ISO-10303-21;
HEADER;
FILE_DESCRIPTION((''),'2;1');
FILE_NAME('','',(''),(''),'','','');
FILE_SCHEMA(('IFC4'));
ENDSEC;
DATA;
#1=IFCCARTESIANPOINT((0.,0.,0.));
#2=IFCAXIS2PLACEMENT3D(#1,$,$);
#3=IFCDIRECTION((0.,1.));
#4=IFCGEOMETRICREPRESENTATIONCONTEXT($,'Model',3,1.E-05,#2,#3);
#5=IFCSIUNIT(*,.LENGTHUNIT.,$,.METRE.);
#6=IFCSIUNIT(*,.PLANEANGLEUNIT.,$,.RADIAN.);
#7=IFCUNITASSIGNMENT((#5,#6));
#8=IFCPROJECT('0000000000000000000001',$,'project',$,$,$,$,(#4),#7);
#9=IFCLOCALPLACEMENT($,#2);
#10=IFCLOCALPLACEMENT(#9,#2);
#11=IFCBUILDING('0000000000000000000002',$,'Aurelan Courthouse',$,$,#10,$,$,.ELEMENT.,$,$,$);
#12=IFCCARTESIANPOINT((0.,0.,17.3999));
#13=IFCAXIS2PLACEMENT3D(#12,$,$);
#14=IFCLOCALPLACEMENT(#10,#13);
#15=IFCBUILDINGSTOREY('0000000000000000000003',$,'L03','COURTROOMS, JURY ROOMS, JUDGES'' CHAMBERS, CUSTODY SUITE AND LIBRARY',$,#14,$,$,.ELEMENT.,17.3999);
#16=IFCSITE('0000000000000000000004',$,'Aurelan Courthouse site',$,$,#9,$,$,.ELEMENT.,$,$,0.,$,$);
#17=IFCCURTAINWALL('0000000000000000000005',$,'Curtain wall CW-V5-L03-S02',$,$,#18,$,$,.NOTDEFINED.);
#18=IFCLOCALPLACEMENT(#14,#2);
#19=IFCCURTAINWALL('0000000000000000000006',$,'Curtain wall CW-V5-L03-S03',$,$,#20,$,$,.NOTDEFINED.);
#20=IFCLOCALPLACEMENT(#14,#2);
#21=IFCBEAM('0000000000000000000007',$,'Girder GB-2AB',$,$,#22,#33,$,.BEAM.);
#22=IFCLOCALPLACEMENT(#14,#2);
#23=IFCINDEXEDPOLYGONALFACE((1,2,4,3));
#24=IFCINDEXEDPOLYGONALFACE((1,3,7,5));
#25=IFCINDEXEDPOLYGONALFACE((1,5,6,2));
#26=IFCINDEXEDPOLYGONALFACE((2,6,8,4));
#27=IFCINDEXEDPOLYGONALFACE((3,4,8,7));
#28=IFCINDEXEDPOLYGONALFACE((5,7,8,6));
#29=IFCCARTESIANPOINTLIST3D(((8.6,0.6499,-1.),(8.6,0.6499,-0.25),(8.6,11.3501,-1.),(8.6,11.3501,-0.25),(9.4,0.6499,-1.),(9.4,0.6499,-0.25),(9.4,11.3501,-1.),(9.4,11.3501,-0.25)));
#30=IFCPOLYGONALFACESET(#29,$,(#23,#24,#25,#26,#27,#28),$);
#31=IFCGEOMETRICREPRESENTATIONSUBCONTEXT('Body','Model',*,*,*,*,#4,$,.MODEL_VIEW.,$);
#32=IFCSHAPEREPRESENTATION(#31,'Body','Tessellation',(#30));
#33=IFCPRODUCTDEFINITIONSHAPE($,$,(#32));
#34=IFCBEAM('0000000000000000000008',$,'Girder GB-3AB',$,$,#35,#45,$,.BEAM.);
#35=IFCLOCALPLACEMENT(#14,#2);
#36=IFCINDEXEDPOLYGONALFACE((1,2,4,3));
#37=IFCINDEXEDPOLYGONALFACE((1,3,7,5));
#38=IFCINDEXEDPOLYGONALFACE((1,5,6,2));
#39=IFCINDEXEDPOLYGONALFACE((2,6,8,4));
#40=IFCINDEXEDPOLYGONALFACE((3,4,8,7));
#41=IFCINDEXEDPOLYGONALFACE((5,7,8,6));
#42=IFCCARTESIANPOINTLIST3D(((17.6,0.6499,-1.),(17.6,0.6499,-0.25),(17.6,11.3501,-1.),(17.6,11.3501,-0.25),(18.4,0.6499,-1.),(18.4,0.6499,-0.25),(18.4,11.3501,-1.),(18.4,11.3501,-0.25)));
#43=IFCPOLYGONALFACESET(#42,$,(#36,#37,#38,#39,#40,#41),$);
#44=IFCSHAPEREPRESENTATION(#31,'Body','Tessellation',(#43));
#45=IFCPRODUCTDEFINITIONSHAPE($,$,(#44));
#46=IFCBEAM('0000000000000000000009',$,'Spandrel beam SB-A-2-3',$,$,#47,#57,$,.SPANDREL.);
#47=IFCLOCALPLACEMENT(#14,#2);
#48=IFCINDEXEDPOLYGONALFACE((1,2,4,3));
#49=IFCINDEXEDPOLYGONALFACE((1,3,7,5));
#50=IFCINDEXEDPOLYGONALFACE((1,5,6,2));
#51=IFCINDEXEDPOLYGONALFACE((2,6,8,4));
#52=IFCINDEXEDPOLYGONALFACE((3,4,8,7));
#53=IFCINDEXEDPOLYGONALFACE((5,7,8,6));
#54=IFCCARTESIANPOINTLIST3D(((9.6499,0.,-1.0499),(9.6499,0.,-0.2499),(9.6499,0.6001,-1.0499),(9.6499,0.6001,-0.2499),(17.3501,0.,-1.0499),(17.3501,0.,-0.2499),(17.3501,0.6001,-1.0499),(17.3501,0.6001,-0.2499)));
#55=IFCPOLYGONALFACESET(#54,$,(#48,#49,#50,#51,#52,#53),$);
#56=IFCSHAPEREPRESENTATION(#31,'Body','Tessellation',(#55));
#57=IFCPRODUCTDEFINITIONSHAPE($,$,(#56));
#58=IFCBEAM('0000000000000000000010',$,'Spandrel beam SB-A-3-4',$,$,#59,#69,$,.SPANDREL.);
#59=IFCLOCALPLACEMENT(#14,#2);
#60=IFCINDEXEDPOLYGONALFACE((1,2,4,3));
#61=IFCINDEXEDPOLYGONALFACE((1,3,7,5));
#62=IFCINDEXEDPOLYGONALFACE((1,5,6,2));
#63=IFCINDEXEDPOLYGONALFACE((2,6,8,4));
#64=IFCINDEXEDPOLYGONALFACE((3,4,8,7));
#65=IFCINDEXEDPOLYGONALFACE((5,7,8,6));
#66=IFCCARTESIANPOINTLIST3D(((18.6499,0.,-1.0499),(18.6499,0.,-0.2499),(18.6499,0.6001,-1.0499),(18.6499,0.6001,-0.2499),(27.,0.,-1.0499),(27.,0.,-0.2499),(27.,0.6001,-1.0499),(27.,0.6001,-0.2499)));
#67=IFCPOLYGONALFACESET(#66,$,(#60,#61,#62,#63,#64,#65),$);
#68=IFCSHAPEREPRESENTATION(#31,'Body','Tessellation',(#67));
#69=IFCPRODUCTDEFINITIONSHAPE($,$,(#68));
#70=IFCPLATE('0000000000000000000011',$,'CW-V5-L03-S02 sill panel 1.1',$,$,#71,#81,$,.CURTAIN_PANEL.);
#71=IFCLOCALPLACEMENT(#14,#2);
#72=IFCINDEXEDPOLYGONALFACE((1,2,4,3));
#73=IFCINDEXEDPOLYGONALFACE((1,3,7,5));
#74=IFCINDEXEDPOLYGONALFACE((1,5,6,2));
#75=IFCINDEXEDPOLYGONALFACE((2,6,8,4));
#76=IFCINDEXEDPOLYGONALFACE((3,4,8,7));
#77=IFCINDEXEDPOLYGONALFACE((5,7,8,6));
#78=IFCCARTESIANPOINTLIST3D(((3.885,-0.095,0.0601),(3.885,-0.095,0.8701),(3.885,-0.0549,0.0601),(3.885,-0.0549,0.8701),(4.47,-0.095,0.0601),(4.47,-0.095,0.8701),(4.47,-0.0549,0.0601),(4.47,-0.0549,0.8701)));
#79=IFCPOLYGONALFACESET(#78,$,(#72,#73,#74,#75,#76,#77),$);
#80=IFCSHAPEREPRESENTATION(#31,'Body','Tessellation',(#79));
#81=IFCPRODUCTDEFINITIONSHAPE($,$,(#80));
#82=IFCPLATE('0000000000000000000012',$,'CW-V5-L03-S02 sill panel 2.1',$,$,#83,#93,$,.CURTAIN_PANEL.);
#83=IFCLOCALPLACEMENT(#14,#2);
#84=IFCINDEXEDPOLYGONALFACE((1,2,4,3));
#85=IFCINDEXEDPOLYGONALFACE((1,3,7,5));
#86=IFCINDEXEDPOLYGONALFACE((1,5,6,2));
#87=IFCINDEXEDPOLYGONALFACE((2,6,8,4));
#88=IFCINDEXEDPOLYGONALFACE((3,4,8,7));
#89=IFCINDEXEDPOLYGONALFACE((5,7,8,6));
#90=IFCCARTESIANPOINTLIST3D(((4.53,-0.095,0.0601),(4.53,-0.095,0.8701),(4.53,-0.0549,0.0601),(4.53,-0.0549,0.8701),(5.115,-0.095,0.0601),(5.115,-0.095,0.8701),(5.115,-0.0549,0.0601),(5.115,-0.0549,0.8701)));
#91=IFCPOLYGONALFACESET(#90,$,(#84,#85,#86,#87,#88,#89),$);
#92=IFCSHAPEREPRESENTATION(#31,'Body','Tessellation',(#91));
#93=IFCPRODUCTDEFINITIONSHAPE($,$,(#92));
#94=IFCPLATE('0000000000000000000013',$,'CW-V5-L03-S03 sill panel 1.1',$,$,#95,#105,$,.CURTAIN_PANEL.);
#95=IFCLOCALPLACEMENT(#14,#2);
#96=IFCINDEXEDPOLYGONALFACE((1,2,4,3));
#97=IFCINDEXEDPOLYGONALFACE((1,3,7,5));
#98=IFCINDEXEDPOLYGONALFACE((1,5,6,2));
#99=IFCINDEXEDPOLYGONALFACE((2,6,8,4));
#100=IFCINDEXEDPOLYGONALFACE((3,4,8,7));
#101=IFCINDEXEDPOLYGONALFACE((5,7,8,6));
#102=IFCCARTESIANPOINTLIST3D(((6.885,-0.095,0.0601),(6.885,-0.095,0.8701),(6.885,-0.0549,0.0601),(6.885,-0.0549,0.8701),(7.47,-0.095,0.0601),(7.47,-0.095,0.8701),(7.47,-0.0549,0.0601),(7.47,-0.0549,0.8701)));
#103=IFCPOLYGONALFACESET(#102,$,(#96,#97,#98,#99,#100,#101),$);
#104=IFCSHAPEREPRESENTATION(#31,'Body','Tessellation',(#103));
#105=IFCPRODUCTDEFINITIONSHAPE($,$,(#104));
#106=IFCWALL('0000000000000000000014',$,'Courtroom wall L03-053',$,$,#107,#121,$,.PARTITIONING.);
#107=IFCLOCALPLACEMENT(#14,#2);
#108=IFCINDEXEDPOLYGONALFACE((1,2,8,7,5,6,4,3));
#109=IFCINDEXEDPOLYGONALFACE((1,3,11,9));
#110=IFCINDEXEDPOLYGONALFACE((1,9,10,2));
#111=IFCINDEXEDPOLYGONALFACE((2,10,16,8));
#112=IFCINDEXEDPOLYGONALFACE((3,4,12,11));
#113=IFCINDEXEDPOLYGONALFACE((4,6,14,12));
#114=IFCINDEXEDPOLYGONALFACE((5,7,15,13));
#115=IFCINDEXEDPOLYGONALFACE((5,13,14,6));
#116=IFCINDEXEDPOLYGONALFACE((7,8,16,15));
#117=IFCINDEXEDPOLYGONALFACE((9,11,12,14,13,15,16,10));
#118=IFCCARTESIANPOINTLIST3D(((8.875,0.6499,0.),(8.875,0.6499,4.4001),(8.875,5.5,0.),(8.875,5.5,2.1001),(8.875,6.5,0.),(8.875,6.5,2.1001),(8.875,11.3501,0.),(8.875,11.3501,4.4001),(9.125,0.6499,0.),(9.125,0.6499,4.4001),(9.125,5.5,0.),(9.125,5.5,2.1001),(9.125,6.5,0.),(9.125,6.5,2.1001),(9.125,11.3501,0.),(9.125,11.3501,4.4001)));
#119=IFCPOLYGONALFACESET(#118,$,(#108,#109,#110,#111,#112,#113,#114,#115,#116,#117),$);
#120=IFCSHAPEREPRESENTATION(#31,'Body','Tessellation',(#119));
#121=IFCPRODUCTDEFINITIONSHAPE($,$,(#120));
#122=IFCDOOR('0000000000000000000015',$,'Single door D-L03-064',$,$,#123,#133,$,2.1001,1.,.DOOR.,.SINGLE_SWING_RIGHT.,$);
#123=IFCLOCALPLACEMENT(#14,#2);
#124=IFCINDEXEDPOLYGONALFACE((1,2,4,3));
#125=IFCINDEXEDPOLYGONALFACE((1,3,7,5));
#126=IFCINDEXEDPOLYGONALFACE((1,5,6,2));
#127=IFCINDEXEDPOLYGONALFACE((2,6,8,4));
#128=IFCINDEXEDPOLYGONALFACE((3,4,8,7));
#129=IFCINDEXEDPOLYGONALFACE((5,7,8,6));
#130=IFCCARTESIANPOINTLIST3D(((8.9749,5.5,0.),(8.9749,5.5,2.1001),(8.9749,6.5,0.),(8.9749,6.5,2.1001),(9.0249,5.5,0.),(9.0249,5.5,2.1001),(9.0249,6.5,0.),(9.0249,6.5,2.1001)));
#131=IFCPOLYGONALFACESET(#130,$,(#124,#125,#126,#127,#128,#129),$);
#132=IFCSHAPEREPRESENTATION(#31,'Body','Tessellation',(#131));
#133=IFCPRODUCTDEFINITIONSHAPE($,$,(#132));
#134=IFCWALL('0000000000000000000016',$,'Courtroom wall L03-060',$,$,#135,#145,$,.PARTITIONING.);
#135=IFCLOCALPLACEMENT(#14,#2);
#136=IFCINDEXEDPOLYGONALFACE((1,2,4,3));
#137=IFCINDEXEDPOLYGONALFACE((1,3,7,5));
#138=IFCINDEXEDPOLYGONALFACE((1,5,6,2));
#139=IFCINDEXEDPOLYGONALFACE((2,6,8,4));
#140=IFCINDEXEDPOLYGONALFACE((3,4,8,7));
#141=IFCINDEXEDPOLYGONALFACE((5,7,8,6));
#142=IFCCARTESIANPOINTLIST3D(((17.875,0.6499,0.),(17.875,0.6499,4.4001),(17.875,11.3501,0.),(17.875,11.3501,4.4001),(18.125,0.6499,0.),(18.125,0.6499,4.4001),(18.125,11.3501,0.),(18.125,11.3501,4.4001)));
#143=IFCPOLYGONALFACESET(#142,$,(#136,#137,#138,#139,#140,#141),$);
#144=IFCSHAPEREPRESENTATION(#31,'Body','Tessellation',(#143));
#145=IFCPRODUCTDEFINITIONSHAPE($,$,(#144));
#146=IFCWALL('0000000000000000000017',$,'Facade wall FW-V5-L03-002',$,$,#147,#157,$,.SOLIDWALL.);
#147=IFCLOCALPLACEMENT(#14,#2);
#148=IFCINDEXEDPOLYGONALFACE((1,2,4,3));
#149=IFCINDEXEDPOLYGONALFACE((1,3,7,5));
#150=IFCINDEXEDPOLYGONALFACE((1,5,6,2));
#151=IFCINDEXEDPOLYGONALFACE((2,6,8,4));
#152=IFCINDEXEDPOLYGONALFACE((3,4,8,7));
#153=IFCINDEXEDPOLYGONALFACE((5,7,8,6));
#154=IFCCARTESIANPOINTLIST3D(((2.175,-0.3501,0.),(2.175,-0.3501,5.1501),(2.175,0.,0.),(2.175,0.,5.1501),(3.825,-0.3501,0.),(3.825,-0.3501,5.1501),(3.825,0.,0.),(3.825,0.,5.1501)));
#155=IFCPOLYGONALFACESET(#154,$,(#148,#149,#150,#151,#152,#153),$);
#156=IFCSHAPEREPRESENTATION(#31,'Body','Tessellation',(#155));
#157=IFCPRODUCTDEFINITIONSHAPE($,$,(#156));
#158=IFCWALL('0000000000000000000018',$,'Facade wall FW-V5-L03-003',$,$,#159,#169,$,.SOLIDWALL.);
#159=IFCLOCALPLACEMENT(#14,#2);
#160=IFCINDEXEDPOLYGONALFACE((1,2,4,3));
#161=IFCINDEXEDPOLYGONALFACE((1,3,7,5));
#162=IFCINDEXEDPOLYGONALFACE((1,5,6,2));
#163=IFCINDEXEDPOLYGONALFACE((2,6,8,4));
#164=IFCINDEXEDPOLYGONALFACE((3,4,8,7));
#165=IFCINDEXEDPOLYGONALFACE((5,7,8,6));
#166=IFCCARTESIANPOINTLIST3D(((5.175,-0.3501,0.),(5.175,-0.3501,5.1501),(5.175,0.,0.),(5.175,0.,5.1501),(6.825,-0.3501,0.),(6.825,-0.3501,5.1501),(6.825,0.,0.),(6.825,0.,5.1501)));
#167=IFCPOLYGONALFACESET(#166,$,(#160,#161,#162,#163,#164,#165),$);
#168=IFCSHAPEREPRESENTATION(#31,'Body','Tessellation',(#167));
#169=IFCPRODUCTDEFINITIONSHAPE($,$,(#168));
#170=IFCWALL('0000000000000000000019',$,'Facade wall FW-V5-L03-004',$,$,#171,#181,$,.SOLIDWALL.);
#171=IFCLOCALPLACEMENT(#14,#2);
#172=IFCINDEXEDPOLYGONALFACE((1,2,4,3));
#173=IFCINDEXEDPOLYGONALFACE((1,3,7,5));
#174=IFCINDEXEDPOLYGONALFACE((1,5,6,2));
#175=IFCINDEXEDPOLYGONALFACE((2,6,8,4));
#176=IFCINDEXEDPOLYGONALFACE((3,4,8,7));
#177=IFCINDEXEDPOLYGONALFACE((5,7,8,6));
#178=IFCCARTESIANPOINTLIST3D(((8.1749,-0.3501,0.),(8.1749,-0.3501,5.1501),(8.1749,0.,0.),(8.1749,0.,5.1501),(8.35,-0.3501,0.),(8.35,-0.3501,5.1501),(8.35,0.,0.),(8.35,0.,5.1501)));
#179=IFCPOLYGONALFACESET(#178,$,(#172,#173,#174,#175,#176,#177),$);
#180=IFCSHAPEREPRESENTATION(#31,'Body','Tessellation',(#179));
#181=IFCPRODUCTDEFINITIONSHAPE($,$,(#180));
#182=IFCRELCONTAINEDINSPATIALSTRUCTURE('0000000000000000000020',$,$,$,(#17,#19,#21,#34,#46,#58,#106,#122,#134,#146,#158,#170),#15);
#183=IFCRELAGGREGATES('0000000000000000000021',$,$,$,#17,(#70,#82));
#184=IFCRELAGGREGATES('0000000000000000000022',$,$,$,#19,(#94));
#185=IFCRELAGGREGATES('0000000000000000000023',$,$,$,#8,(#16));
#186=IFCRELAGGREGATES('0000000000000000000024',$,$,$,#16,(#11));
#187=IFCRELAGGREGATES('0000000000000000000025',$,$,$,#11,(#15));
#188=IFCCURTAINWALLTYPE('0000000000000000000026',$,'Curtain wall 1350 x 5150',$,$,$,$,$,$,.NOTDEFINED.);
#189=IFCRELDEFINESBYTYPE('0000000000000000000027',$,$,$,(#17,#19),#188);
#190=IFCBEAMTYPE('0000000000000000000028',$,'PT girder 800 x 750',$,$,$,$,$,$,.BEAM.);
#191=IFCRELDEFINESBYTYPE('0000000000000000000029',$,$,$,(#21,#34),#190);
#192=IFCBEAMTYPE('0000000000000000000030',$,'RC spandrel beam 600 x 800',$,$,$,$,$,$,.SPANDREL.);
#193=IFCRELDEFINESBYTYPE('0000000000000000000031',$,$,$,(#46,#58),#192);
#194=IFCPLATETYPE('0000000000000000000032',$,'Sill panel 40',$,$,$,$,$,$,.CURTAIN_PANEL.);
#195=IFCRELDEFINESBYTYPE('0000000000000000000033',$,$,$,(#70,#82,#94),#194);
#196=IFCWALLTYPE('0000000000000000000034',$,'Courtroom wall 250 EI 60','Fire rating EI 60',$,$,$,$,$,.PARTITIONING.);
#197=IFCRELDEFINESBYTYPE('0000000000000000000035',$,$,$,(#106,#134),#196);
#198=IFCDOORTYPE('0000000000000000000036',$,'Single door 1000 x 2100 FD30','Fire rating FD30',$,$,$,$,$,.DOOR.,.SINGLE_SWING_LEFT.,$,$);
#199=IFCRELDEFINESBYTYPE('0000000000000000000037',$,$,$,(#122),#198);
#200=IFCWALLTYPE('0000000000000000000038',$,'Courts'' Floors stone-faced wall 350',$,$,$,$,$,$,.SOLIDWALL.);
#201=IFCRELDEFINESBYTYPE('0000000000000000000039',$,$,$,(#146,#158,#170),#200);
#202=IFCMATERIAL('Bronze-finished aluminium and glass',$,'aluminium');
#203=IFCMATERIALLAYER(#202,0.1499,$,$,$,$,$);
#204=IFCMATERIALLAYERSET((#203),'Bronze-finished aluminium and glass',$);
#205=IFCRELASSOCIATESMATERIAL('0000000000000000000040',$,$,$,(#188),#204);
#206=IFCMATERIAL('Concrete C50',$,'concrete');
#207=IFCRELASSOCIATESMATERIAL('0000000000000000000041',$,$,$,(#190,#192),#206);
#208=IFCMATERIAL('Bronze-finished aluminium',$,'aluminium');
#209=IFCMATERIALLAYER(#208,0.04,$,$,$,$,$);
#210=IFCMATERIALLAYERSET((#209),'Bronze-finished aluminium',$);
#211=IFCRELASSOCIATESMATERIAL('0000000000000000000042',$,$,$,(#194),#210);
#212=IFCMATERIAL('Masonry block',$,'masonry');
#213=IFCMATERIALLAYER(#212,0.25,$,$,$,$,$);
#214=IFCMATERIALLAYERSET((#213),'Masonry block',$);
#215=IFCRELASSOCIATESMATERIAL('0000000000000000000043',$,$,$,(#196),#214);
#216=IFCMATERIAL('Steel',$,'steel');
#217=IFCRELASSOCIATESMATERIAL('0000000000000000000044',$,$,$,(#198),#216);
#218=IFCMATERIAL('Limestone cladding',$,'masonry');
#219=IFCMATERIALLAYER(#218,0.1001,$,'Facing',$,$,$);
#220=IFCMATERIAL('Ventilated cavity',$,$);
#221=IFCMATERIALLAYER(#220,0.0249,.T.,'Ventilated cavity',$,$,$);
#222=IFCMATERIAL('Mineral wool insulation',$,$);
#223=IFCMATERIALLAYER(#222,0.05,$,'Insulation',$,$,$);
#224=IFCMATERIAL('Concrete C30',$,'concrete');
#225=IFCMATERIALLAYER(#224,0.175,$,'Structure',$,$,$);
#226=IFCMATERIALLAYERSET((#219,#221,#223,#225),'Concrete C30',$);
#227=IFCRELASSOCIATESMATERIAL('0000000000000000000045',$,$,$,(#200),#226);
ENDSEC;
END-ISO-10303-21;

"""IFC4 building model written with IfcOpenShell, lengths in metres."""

from ifc_helpers import new_model, si_unit, direction, frame, frame_2d, origin, origin_2d, place, context, subcontext, project, spatial, rectangle, extrude, material, layer, layer_set, material_profile, profile_set, type_object, element, fill, aggregate, save


model = new_model("IFC4")

# Units and contexts
model_context = context("Model", 3, precision=1e-05, world=origin(), true_north=direction((0.0, 1.0)))
body_context = subcontext(model_context, "Body", "Model", "MODEL_VIEW")
ifc_project = project(units=[si_unit("LENGTHUNIT", "METRE"), si_unit("PLANEANGLEUNIT", "RADIAN")], contexts=[model_context])

# Site, building, storey
site_placement = place(None, origin())
site = spatial("IfcSite", under=ifc_project, at=site_placement, Name="Aurelan Courthouse site", CompositionType="ELEMENT", RefElevation=0.0)
building_placement = place(site_placement, origin())
building = spatial("IfcBuilding", under=site, at=building_placement, Name="Aurelan Courthouse", CompositionType="ELEMENT")
storey_placement = place(building_placement, frame((0.0, 0.0, 17.3999)))
storey = spatial("IfcBuildingStorey", under=building, at=storey_placement, Name="L03", Description="COURTROOMS, JURY ROOMS, JUDGES' CHAMBERS, CUSTODY SUITE AND LIBRARY", CompositionType="ELEMENT", Elevation=17.3999)

# Shared definitions
ifc_material_1 = material(Name="Concrete C50", Category="concrete")

# Shared definitions
ifc_material_2 = material(Name="Bronze-finished aluminium and glass", Category="aluminium")
ifc_layer_1 = layer(ifc_material_2, 0.1499)
ifc_layer_set_1 = layer_set([ifc_layer_1], Name="Bronze-finished aluminium and glass")
curtain_wall_type = type_object("IfcCurtainWallType", Name="Curtain wall 1350 x 5150", PredefinedType="NOTDEFINED", material=ifc_layer_set_1)
ifc_material_3 = material(Name="Bronze-finished aluminium", Category="aluminium")

# Curtain walls
curtain_wall_1_placement = place(storey_placement, origin())
curtain_wall_1 = element("IfcCurtainWall", 1, at=curtain_wall_1_placement, inside=storey, type_object=curtain_wall_type, Name="Curtain wall CW-V5-L03-S02", PredefinedType="NOTDEFINED")
curtain_wall_2_placement = place(storey_placement, origin())
curtain_wall_2 = element("IfcCurtainWall", 2, at=curtain_wall_2_placement, inside=storey, type_object=curtain_wall_type, Name="Curtain wall CW-V5-L03-S03", PredefinedType="NOTDEFINED")

# Beams
ifc_material_profile_1 = material_profile(ifc_material_1, rectangle(XDim=0.8, YDim=0.75, at=origin_2d()), Name="RC 800 x 750")
ifc_profile_set_1 = profile_set([ifc_material_profile_1], Name="Concrete C50")
beam_type_1 = type_object("IfcBeamType", Name="PT girder 800 x 750", PredefinedType="BEAM", material=ifc_profile_set_1)
for number, where, z_axis, x_axis, name in (
    (3, (9.0, 0.6499, -0.625), (0.0, 1.0, 0.0), (-1.0, 0.0, 0.0), "Girder GB-2AB"),
    (4, (18.0, 0.6499, -0.625), (0.0, 1.0, 0.0), (-1.0, 0.0, 0.0), "Girder GB-3AB"),
):
    element("IfcBeam", number, at=place(storey_placement, frame(where, z_axis=z_axis, x_axis=x_axis)), inside=storey, type_object=beam_type_1, Name=name, PredefinedType="BEAM", context=body_context, shape_type="SweptSolid", body=[
        extrude(rectangle(XDim=0.8, YDim=0.75, at=origin_2d()), origin(), (0.0, 0.0, 1.0), 10.7002),
    ])
ifc_material_profile_2 = material_profile(ifc_material_1, rectangle(XDim=0.6001, YDim=0.8, at=origin_2d()), Name="RC 600 x 800")
ifc_profile_set_2 = profile_set([ifc_material_profile_2], Name="Concrete C50")
beam_type_2 = type_object("IfcBeamType", Name="RC spandrel beam 600 x 800", PredefinedType="SPANDREL", material=ifc_profile_set_2)
beam_1_placement = place(storey_placement, frame((9.6499, 0.3, -0.6499), z_axis=(1.0, 0.0, 0.0), x_axis=(0.0, 1.0, 0.0)))
element("IfcBeam", 5, at=beam_1_placement, inside=storey, type_object=beam_type_2, Name="Spandrel beam SB-A-2-3", PredefinedType="SPANDREL", context=body_context, shape_type="SweptSolid", body=[
    extrude(rectangle(XDim=0.6001, YDim=0.8, at=origin_2d()), origin(), (0.0, 0.0, 1.0), 7.7002),
])
beam_2_placement = place(storey_placement, frame((18.6499, 0.3, -0.6499), z_axis=(1.0, 0.0, 0.0), x_axis=(0.0, 1.0, 0.0)))
element("IfcBeam", 6, at=beam_2_placement, inside=storey, type_object=beam_type_2, Name="Spandrel beam SB-A-3-4", PredefinedType="SPANDREL", context=body_context, shape_type="SweptSolid", body=[
    extrude(rectangle(XDim=0.6001, YDim=0.8, at=origin_2d()), origin(), (0.0, 0.0, 1.0), 8.3501),
])

# Plates
ifc_layer_2 = layer(ifc_material_3, 0.04)
ifc_layer_set_2 = layer_set([ifc_layer_2], Name="Bronze-finished aluminium")
plate_type = type_object("IfcPlateType", Name="Sill panel 40", PredefinedType="CURTAIN_PANEL", material=ifc_layer_set_2)
plate_1_placement = place(storey_placement, frame((4.1775, -0.075, 0.0601), z_axis=(0.0, 0.0, 1.0), x_axis=(1.0, 0.0, 0.0)))
plate_1 = element("IfcPlate", 7, at=plate_1_placement, type_object=plate_type, Name="CW-V5-L03-S02 sill panel 1.1", PredefinedType="CURTAIN_PANEL", context=body_context, shape_type="SweptSolid", body=[
    extrude(rectangle(XDim=0.585, YDim=0.04, at=origin_2d()), origin(), (0.0, 0.0, 1.0), 0.8101),
])
plate_2_placement = place(storey_placement, frame((4.8225, -0.075, 0.0601), z_axis=(0.0, 0.0, 1.0), x_axis=(1.0, 0.0, 0.0)))
plate_2 = element("IfcPlate", 8, at=plate_2_placement, type_object=plate_type, Name="CW-V5-L03-S02 sill panel 2.1", PredefinedType="CURTAIN_PANEL", context=body_context, shape_type="SweptSolid", body=[
    extrude(rectangle(XDim=0.585, YDim=0.04, at=origin_2d()), origin(), (0.0, 0.0, 1.0), 0.8101),
])
aggregate(curtain_wall_1, [plate_1, plate_2])
plate_3_placement = place(storey_placement, frame((7.1775, -0.075, 0.0601), z_axis=(0.0, 0.0, 1.0), x_axis=(1.0, 0.0, 0.0)))
plate_3 = element("IfcPlate", 9, at=plate_3_placement, type_object=plate_type, Name="CW-V5-L03-S03 sill panel 1.1", PredefinedType="CURTAIN_PANEL", context=body_context, shape_type="SweptSolid", body=[
    extrude(rectangle(XDim=0.585, YDim=0.04, at=origin_2d()), origin(), (0.0, 0.0, 1.0), 0.8101),
])
aggregate(curtain_wall_2, [plate_3])

# Wall, opening, door
ifc_material_4 = material(Name="Masonry block", Category="masonry")
ifc_layer_3 = layer(ifc_material_4, 0.25)
ifc_layer_set_3 = layer_set([ifc_layer_3], Name="Masonry block")
wall_type_1 = type_object("IfcWallType", Name="Courtroom wall 250 EI 60", Description="Fire rating EI 60", PredefinedType="PARTITIONING", material=ifc_layer_set_3)
wall_1_placement = place(storey_placement, frame((9.0, 0.6499, 0.0), z_axis=(0.0, 0.0, 1.0), x_axis=(0.0, 1.0, 0.0)))
wall_1 = element("IfcWall", 10, at=wall_1_placement, inside=storey, type_object=wall_type_1, Name="Courtroom wall L03-053", PredefinedType="PARTITIONING", context=body_context, shape_type="SweptSolid", body=[
    extrude(rectangle(XDim=10.7002, YDim=0.25, at=frame_2d((5.3501, 0.0))), origin(), (0.0, 0.0, 1.0), 4.4001),
])
opening_1_placement = place(wall_1_placement, frame((5.8501, 0.0, 0.0), z_axis=(0.0, 0.0, 1.0), x_axis=(-1.0, 0.0, 0.0)))
opening_1 = element("IfcOpeningElement", 11, at=opening_1_placement, cuts=wall_1, PredefinedType="OPENING", context=body_context, shape_type="SweptSolid", body=[
    extrude(rectangle(XDim=1.0, YDim=2.1001, at=frame_2d((0.5, 1.05))), frame((0.0, 0.135, 0.0), z_axis=(0.0, -1.0, 0.0), x_axis=(1.0, 0.0, 0.0)), (0.0, 0.0, 1.0), 0.27),
])
ifc_material_5 = material(Name="Steel", Category="steel")
door_type_1 = type_object("IfcDoorType", Name="Single door 1000 x 2100 FD30", Description="Fire rating FD30", OperationType="SINGLE_SWING_LEFT", PredefinedType="DOOR", material=ifc_material_5)
door_1_placement = place(opening_1_placement, origin())
door_1 = element("IfcDoor", 12, at=door_1_placement, inside=storey, type_object=door_type_1, Name="Single door D-L03-064", OperationType="SINGLE_SWING_RIGHT", OverallHeight=2.1001, OverallWidth=1.0, PredefinedType="DOOR", context=body_context, shape_type="SweptSolid", body=[
    extrude(rectangle(XDim=1.0, YDim=2.1001, at=frame_2d((0.5, 1.05))), frame((0.0, 0.0249, 0.0), z_axis=(0.0, -1.0, 0.0), x_axis=(1.0, 0.0, 0.0)), (0.0, 0.0, 1.0), 0.05),
])
fill(opening_1, door_1)

# Walls
wall_2_placement = place(storey_placement, frame((18.0, 0.6499, 0.0), z_axis=(0.0, 0.0, 1.0), x_axis=(0.0, 1.0, 0.0)))
element("IfcWall", 13, at=wall_2_placement, inside=storey, type_object=wall_type_1, Name="Courtroom wall L03-060", PredefinedType="PARTITIONING", context=body_context, shape_type="SweptSolid", body=[
    extrude(rectangle(XDim=10.7002, YDim=0.25, at=frame_2d((5.3501, 0.0))), origin(), (0.0, 0.0, 1.0), 4.4001),
])
ifc_material_6 = material(Name="Limestone cladding", Category="masonry")
ifc_layer_4 = layer(ifc_material_6, 0.1001, Name="Facing")
ifc_material_7 = material(Name="Ventilated cavity")
ifc_layer_5 = layer(ifc_material_7, 0.0249, ventilated=True, Name="Ventilated cavity")
ifc_material_8 = material(Name="Mineral wool insulation")
ifc_layer_6 = layer(ifc_material_8, 0.05, Name="Insulation")
ifc_material_9 = material(Name="Concrete C30", Category="concrete")
ifc_layer_7 = layer(ifc_material_9, 0.175, Name="Structure")
ifc_layer_set_4 = layer_set([ifc_layer_4, ifc_layer_5, ifc_layer_6, ifc_layer_7], Name="Concrete C30")
wall_type_2 = type_object("IfcWallType", Name="Courts' Floors stone-faced wall 350", PredefinedType="SOLIDWALL", material=ifc_layer_set_4)
for number, where, z_axis, x_axis, name in (
    (14, (2.175, -0.175, 0.0), (0.0, 0.0, 1.0), (1.0, 0.0, 0.0), "Facade wall FW-V5-L03-002"),
    (15, (5.175, -0.175, 0.0), (0.0, 0.0, 1.0), (1.0, 0.0, 0.0), "Facade wall FW-V5-L03-003"),
):
    element("IfcWall", number, at=place(storey_placement, frame(where, z_axis=z_axis, x_axis=x_axis)), inside=storey, type_object=wall_type_2, Name=name, PredefinedType="SOLIDWALL", context=body_context, shape_type="SweptSolid", body=[
        extrude(rectangle(XDim=1.6499, YDim=0.3501, at=frame_2d((0.825, 0.0))), origin(), (0.0, 0.0, 1.0), 5.1501),
    ])
wall_3_placement = place(storey_placement, frame((8.175, -0.175, 0.0), z_axis=(0.0, 0.0, 1.0), x_axis=(1.0, 0.0, 0.0)))
element("IfcWall", 16, at=wall_3_placement, inside=storey, type_object=wall_type_2, Name="Facade wall FW-V5-L03-004", PredefinedType="SOLIDWALL", context=body_context, shape_type="SweptSolid", body=[
    extrude(rectangle(XDim=0.175, YDim=0.3501, at=frame_2d((0.0874, 0.0))), origin(), (0.0, 0.0, 1.0), 5.1501),
])

save(model, "model.ifc")
